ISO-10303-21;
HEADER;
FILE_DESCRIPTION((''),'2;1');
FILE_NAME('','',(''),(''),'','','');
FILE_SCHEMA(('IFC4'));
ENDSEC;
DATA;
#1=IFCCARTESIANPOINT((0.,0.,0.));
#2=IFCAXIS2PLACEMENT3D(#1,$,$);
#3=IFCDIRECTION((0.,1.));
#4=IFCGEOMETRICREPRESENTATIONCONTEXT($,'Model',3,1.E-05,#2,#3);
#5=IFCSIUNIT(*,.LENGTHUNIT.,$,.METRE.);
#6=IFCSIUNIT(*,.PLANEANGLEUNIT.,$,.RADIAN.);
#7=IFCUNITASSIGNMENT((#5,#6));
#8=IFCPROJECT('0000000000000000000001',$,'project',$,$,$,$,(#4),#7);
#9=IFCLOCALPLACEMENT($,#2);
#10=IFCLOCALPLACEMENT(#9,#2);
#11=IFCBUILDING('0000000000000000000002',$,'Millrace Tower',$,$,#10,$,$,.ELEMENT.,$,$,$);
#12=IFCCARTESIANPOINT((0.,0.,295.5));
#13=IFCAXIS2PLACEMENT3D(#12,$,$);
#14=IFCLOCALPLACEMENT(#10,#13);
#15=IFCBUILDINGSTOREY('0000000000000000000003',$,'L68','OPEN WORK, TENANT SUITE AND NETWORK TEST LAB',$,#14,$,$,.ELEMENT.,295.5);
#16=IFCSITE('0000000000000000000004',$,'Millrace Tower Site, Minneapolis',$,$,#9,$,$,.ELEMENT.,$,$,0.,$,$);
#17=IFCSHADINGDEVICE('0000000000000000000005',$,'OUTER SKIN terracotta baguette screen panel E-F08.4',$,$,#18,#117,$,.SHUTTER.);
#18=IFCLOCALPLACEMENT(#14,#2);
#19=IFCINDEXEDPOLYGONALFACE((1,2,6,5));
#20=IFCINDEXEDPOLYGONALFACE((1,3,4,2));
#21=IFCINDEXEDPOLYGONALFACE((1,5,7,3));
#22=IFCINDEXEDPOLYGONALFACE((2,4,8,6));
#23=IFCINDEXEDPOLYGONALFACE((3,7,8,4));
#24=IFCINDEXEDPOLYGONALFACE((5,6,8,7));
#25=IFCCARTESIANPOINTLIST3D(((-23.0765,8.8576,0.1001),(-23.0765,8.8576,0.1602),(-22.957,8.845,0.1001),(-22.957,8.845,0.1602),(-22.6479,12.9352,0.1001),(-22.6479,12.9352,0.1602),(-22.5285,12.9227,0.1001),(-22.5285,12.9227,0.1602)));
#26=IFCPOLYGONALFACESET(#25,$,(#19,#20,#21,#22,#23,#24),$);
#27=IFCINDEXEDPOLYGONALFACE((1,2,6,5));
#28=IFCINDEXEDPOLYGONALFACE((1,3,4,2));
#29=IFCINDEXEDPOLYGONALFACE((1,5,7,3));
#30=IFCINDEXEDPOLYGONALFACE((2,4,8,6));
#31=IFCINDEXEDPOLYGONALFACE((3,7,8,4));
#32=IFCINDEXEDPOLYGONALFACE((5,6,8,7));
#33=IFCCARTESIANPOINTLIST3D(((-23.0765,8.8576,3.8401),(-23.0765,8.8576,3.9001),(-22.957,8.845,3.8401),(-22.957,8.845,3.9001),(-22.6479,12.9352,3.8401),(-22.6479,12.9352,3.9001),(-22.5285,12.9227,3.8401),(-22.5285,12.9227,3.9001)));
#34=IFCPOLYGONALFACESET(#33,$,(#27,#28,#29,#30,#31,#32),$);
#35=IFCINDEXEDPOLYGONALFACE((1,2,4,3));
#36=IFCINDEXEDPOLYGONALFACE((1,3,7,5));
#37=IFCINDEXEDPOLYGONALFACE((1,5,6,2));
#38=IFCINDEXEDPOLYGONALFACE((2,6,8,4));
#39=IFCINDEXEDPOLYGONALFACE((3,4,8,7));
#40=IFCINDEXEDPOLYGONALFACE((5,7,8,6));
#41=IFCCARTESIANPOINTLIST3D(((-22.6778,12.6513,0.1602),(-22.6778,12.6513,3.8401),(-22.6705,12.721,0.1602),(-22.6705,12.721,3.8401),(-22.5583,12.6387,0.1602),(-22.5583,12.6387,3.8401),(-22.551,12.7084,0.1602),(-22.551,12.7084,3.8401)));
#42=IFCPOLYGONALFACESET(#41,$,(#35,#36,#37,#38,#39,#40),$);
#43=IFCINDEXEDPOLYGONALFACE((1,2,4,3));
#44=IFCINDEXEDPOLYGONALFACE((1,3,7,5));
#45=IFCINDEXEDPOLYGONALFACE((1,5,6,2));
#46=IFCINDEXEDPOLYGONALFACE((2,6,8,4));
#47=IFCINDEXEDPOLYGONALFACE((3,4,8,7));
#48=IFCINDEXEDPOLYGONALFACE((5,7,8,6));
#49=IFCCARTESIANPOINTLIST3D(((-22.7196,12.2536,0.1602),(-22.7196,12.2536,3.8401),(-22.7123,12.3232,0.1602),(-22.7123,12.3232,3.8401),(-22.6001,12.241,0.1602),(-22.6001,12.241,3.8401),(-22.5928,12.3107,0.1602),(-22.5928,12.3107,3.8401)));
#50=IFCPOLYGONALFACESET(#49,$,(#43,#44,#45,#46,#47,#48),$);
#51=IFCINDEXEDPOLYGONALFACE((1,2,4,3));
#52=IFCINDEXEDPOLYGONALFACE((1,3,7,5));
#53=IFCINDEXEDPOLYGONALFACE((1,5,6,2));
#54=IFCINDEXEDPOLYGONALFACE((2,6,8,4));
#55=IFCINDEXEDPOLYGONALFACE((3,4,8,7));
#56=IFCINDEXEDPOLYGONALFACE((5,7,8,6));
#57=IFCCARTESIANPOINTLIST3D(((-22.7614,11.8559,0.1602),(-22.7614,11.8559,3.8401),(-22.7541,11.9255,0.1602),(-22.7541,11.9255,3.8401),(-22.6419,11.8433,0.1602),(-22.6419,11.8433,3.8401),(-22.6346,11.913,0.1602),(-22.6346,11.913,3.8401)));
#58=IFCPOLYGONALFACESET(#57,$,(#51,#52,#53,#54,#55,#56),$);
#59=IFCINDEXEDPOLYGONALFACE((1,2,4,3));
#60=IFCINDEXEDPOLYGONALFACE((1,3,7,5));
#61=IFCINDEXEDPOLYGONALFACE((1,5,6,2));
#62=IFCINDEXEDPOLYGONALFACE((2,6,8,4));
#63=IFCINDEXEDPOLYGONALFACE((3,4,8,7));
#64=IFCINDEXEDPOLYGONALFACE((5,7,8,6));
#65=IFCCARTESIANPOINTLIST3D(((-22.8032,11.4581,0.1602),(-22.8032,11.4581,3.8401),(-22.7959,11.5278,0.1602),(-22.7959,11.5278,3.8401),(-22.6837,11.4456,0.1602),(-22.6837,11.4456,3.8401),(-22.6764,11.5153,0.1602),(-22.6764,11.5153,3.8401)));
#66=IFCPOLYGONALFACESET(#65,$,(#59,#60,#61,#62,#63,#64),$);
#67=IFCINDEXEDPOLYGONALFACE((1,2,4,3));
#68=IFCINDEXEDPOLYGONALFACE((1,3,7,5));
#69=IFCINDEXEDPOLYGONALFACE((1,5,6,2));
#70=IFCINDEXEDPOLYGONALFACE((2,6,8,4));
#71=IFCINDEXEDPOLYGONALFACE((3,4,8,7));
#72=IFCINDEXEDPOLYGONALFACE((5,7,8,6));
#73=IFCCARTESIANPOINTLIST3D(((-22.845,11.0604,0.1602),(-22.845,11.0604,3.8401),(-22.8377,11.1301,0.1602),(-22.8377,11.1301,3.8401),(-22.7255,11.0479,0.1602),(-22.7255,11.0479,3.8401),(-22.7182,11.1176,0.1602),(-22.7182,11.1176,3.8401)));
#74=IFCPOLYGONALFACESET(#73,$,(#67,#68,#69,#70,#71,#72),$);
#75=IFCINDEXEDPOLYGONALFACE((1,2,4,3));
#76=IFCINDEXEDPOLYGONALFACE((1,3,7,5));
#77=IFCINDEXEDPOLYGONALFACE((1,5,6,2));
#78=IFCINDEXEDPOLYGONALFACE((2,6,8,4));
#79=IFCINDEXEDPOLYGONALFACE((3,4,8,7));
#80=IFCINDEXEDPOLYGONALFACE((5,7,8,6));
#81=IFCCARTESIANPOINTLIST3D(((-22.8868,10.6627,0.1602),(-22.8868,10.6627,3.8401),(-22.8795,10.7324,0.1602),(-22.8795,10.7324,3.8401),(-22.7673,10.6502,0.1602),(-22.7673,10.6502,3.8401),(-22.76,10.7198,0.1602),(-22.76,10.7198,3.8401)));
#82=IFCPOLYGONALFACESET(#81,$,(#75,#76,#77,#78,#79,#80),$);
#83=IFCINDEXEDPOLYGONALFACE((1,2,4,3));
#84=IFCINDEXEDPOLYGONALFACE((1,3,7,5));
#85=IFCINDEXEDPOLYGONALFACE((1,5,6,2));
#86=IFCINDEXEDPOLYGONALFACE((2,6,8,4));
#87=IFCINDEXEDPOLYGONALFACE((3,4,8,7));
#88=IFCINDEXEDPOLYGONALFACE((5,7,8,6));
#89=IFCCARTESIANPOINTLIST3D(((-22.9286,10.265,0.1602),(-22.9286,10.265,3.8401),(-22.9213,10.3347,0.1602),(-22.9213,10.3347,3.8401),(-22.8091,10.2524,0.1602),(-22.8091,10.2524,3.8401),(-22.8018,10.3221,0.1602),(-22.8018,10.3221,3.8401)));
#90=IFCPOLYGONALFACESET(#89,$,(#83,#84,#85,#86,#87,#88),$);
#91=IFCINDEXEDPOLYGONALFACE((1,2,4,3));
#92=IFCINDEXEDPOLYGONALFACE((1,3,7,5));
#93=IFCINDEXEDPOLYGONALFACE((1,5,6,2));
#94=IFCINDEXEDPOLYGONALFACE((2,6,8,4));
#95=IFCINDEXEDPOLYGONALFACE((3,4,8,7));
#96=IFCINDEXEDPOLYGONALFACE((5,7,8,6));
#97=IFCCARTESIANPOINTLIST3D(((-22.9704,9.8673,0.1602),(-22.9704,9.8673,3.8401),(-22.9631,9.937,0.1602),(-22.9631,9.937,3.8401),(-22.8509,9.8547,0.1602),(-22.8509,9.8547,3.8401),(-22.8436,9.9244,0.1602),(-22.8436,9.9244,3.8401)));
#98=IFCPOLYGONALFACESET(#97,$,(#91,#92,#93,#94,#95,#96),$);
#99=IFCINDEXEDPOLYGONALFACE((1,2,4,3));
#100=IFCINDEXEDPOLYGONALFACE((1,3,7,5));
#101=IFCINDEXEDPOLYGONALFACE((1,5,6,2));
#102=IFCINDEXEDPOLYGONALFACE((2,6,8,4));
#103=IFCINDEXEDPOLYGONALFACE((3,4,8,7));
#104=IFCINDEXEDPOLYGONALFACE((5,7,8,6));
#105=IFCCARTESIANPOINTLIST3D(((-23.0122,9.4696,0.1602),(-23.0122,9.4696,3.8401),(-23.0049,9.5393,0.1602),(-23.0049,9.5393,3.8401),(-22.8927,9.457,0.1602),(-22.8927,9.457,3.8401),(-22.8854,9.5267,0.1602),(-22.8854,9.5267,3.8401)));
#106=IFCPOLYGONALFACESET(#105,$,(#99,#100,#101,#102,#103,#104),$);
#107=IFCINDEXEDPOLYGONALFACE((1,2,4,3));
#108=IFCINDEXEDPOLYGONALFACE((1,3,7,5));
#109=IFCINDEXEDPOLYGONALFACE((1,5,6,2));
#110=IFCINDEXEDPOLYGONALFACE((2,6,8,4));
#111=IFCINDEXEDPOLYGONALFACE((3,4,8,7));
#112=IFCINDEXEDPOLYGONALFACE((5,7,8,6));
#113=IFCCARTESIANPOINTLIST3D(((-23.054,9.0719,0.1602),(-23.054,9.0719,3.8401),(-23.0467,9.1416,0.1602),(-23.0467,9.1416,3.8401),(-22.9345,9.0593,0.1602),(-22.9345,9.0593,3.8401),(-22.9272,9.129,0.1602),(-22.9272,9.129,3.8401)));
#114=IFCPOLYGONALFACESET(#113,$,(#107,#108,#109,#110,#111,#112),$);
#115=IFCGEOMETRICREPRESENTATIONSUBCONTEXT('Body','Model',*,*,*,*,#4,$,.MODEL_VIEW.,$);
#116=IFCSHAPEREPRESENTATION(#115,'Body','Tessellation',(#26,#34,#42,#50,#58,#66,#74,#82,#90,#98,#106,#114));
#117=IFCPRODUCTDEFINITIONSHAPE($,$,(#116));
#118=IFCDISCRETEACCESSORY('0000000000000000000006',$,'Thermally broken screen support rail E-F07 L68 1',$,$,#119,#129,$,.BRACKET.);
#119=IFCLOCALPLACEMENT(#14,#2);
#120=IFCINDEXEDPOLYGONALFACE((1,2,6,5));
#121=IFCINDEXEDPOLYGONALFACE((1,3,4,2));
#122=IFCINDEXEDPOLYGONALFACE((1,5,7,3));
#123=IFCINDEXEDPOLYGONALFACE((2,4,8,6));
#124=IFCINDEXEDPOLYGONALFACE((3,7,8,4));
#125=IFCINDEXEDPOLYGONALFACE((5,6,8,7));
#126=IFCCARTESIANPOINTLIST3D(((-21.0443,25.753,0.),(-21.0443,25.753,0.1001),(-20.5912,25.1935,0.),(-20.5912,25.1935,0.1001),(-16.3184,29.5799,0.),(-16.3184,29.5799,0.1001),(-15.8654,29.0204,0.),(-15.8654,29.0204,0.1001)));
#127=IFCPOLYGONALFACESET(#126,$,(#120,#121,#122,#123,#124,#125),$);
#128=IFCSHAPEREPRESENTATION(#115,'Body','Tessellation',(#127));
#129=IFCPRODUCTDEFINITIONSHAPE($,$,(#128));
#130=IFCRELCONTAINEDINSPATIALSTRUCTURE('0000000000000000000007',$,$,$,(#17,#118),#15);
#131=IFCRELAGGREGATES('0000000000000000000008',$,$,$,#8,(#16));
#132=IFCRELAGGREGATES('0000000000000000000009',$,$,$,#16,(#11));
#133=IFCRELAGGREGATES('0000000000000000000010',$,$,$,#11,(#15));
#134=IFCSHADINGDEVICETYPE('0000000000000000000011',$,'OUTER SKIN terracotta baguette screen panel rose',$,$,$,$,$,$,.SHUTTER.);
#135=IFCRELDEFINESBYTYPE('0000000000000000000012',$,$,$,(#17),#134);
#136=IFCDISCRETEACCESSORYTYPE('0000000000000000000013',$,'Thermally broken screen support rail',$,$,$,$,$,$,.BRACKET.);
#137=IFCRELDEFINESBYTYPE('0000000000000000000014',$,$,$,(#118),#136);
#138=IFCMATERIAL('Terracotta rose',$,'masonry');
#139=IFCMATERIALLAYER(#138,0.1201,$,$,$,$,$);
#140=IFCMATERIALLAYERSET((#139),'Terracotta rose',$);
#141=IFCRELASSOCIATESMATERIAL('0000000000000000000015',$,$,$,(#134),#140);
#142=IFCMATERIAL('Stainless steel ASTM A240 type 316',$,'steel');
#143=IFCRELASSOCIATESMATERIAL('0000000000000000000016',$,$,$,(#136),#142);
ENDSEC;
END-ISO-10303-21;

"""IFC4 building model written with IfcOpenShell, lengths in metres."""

from ifc_helpers import new_model, entity, si_unit, direction, frame, frame_2d, origin, origin_2d, place, context, subcontext, project, spatial, rectangle, extrude, source, transform, mapped, material, layer, layer_set, type_object, element, save


model = new_model("IFC4")

# Units and contexts
model_context = context("Model", 3, precision=1e-05, world=origin(), true_north=direction((0.0, 1.0)))
body_context = subcontext(model_context, "Body", "Model", "MODEL_VIEW")
ifc_project = project(units=[si_unit("LENGTHUNIT", "METRE"), si_unit("PLANEANGLEUNIT", "RADIAN")], contexts=[model_context])

# Site, building, storey
site_placement = place(None, origin())
site = spatial("IfcSite", under=ifc_project, at=site_placement, Name="Millrace Tower Site, Minneapolis", CompositionType="ELEMENT", RefElevation=0.0)
building_placement = place(site_placement, origin())
building = spatial("IfcBuilding", under=site, at=building_placement, Name="Millrace Tower", CompositionType="ELEMENT")
storey_placement = place(building_placement, frame((0.0, 0.0, 295.5)))
storey = spatial("IfcBuildingStorey", under=building, at=storey_placement, Name="L68", Description="OPEN WORK, TENANT SUITE AND NETWORK TEST LAB", CompositionType="ELEMENT", Elevation=295.5)

# Shading device
ifc_material_1 = material(Name="Terracotta rose", Category="masonry")
ifc_layer_1 = layer(ifc_material_1, 0.1201)
ifc_layer_set_1 = layer_set([ifc_layer_1], Name="Terracotta rose")
shading_device_type = type_object("IfcShadingDeviceType", Name="OUTER SKIN terracotta baguette screen panel rose", PredefinedType="SHUTTER", material=ifc_layer_set_1)
cartesian_point_1 = entity("IfcCartesianPoint", [-2.05, 0.0601])
shared_polyline_1 = entity("IfcPolyline", [cartesian_point_1, entity("IfcCartesianPoint", [2.05, 0.0601]), entity("IfcCartesianPoint", [2.05, -0.0601]), entity("IfcCartesianPoint", [-2.05, -0.0601]), cartesian_point_1])
shared_shape_1 = source(origin(), body_context, "Body", "SweptSolid", [
    entity("IfcExtrudedAreaSolid", entity("IfcArbitraryClosedProfileDef", "AREA", None, shared_polyline_1), entity("IfcAxis2Placement3D", entity("IfcCartesianPoint", [0.0, 0.0, 0.0])), entity("IfcDirection", [0.0, 0.0, 1.0]), 0.0601),
    entity("IfcExtrudedAreaSolid", entity("IfcArbitraryClosedProfileDef", "AREA", None, shared_polyline_1), entity("IfcAxis2Placement3D", entity("IfcCartesianPoint", [0.0, 0.0, 3.74])), entity("IfcDirection", [0.0, 0.0, 1.0]), 0.0601),
    extrude(rectangle(XDim=0.0701, YDim=0.1201, at=frame_2d((-1.7996, 0.0))), frame((0.0, 0.0, 0.0601)), (0.0, 0.0, 1.0), 3.6799),
    extrude(rectangle(XDim=0.0701, YDim=0.1201, at=frame_2d((-1.3997, 0.0))), frame((0.0, 0.0, 0.0601)), (0.0, 0.0, 1.0), 3.6799),
    extrude(rectangle(XDim=0.0701, YDim=0.1201, at=frame_2d((-0.9998, 0.0))), frame((0.0, 0.0, 0.0601)), (0.0, 0.0, 1.0), 3.6799),
    extrude(rectangle(XDim=0.0701, YDim=0.1201, at=frame_2d((-0.5999, 0.0))), frame((0.0, 0.0, 0.0601)), (0.0, 0.0, 1.0), 3.6799),
    extrude(rectangle(XDim=0.0701, YDim=0.1201, at=frame_2d((-0.2, 0.0))), frame((0.0, 0.0, 0.0601)), (0.0, 0.0, 1.0), 3.6799),
    extrude(rectangle(XDim=0.0701, YDim=0.1201, at=frame_2d((0.2, 0.0))), frame((0.0, 0.0, 0.0601)), (0.0, 0.0, 1.0), 3.6799),
    extrude(rectangle(XDim=0.0701, YDim=0.1201, at=frame_2d((0.5999, 0.0))), frame((0.0, 0.0, 0.0601)), (0.0, 0.0, 1.0), 3.6799),
    extrude(rectangle(XDim=0.0701, YDim=0.1201, at=frame_2d((0.9998, 0.0))), frame((0.0, 0.0, 0.0601)), (0.0, 0.0, 1.0), 3.6799),
    extrude(rectangle(XDim=0.0701, YDim=0.1201, at=frame_2d((1.3997, 0.0))), frame((0.0, 0.0, 0.0601)), (0.0, 0.0, 1.0), 3.6799),
    extrude(rectangle(XDim=0.0701, YDim=0.1201, at=frame_2d((1.7996, 0.0))), frame((0.0, 0.0, 0.0601)), (0.0, 0.0, 1.0), 3.6799),
])
for number, where, z_axis, x_axis, name in (
    (1, (-22.8025, 10.8901, 0.1001), (0.0, 0.0, 1.0), (-0.104528, -0.994522, 0.0), "OUTER SKIN terracotta baguette screen panel E-F08.4"),
):
    element("IfcShadingDevice", number, at=place(storey_placement, frame(where, z_axis=z_axis, x_axis=x_axis)), inside=storey, type_object=shading_device_type, Name=name, PredefinedType="SHUTTER", context=body_context, shape_type="MappedRepresentation", body=[
        mapped(shared_shape_1, transform((0.0, 0.0, 0.0), scale=1.0)),
    ])

# Discrete accessory
ifc_material_2 = material(Name="Stainless steel ASTM A240 type 316", Category="steel")
discrete_accessory_type = type_object("IfcDiscreteAccessoryType", Name="Thermally broken screen support rail", PredefinedType="BRACKET", material=ifc_material_2)
discrete_accessory_placement = place(storey_placement, frame((-18.4548, 27.3867, 0.0), z_axis=(0.0, 0.0, 1.0), x_axis=(-0.777146, -0.62932, 0.0)))
element("IfcDiscreteAccessory", 2, at=discrete_accessory_placement, inside=storey, type_object=discrete_accessory_type, Name="Thermally broken screen support rail E-F07 L68 1", PredefinedType="BRACKET", context=body_context, shape_type="SweptSolid", body=[
    extrude(rectangle(XDim=6.0811, YDim=0.72, at=origin_2d()), origin(), (0.0, 0.0, 1.0), 0.1001),
])

save(model, "model.ifc")
